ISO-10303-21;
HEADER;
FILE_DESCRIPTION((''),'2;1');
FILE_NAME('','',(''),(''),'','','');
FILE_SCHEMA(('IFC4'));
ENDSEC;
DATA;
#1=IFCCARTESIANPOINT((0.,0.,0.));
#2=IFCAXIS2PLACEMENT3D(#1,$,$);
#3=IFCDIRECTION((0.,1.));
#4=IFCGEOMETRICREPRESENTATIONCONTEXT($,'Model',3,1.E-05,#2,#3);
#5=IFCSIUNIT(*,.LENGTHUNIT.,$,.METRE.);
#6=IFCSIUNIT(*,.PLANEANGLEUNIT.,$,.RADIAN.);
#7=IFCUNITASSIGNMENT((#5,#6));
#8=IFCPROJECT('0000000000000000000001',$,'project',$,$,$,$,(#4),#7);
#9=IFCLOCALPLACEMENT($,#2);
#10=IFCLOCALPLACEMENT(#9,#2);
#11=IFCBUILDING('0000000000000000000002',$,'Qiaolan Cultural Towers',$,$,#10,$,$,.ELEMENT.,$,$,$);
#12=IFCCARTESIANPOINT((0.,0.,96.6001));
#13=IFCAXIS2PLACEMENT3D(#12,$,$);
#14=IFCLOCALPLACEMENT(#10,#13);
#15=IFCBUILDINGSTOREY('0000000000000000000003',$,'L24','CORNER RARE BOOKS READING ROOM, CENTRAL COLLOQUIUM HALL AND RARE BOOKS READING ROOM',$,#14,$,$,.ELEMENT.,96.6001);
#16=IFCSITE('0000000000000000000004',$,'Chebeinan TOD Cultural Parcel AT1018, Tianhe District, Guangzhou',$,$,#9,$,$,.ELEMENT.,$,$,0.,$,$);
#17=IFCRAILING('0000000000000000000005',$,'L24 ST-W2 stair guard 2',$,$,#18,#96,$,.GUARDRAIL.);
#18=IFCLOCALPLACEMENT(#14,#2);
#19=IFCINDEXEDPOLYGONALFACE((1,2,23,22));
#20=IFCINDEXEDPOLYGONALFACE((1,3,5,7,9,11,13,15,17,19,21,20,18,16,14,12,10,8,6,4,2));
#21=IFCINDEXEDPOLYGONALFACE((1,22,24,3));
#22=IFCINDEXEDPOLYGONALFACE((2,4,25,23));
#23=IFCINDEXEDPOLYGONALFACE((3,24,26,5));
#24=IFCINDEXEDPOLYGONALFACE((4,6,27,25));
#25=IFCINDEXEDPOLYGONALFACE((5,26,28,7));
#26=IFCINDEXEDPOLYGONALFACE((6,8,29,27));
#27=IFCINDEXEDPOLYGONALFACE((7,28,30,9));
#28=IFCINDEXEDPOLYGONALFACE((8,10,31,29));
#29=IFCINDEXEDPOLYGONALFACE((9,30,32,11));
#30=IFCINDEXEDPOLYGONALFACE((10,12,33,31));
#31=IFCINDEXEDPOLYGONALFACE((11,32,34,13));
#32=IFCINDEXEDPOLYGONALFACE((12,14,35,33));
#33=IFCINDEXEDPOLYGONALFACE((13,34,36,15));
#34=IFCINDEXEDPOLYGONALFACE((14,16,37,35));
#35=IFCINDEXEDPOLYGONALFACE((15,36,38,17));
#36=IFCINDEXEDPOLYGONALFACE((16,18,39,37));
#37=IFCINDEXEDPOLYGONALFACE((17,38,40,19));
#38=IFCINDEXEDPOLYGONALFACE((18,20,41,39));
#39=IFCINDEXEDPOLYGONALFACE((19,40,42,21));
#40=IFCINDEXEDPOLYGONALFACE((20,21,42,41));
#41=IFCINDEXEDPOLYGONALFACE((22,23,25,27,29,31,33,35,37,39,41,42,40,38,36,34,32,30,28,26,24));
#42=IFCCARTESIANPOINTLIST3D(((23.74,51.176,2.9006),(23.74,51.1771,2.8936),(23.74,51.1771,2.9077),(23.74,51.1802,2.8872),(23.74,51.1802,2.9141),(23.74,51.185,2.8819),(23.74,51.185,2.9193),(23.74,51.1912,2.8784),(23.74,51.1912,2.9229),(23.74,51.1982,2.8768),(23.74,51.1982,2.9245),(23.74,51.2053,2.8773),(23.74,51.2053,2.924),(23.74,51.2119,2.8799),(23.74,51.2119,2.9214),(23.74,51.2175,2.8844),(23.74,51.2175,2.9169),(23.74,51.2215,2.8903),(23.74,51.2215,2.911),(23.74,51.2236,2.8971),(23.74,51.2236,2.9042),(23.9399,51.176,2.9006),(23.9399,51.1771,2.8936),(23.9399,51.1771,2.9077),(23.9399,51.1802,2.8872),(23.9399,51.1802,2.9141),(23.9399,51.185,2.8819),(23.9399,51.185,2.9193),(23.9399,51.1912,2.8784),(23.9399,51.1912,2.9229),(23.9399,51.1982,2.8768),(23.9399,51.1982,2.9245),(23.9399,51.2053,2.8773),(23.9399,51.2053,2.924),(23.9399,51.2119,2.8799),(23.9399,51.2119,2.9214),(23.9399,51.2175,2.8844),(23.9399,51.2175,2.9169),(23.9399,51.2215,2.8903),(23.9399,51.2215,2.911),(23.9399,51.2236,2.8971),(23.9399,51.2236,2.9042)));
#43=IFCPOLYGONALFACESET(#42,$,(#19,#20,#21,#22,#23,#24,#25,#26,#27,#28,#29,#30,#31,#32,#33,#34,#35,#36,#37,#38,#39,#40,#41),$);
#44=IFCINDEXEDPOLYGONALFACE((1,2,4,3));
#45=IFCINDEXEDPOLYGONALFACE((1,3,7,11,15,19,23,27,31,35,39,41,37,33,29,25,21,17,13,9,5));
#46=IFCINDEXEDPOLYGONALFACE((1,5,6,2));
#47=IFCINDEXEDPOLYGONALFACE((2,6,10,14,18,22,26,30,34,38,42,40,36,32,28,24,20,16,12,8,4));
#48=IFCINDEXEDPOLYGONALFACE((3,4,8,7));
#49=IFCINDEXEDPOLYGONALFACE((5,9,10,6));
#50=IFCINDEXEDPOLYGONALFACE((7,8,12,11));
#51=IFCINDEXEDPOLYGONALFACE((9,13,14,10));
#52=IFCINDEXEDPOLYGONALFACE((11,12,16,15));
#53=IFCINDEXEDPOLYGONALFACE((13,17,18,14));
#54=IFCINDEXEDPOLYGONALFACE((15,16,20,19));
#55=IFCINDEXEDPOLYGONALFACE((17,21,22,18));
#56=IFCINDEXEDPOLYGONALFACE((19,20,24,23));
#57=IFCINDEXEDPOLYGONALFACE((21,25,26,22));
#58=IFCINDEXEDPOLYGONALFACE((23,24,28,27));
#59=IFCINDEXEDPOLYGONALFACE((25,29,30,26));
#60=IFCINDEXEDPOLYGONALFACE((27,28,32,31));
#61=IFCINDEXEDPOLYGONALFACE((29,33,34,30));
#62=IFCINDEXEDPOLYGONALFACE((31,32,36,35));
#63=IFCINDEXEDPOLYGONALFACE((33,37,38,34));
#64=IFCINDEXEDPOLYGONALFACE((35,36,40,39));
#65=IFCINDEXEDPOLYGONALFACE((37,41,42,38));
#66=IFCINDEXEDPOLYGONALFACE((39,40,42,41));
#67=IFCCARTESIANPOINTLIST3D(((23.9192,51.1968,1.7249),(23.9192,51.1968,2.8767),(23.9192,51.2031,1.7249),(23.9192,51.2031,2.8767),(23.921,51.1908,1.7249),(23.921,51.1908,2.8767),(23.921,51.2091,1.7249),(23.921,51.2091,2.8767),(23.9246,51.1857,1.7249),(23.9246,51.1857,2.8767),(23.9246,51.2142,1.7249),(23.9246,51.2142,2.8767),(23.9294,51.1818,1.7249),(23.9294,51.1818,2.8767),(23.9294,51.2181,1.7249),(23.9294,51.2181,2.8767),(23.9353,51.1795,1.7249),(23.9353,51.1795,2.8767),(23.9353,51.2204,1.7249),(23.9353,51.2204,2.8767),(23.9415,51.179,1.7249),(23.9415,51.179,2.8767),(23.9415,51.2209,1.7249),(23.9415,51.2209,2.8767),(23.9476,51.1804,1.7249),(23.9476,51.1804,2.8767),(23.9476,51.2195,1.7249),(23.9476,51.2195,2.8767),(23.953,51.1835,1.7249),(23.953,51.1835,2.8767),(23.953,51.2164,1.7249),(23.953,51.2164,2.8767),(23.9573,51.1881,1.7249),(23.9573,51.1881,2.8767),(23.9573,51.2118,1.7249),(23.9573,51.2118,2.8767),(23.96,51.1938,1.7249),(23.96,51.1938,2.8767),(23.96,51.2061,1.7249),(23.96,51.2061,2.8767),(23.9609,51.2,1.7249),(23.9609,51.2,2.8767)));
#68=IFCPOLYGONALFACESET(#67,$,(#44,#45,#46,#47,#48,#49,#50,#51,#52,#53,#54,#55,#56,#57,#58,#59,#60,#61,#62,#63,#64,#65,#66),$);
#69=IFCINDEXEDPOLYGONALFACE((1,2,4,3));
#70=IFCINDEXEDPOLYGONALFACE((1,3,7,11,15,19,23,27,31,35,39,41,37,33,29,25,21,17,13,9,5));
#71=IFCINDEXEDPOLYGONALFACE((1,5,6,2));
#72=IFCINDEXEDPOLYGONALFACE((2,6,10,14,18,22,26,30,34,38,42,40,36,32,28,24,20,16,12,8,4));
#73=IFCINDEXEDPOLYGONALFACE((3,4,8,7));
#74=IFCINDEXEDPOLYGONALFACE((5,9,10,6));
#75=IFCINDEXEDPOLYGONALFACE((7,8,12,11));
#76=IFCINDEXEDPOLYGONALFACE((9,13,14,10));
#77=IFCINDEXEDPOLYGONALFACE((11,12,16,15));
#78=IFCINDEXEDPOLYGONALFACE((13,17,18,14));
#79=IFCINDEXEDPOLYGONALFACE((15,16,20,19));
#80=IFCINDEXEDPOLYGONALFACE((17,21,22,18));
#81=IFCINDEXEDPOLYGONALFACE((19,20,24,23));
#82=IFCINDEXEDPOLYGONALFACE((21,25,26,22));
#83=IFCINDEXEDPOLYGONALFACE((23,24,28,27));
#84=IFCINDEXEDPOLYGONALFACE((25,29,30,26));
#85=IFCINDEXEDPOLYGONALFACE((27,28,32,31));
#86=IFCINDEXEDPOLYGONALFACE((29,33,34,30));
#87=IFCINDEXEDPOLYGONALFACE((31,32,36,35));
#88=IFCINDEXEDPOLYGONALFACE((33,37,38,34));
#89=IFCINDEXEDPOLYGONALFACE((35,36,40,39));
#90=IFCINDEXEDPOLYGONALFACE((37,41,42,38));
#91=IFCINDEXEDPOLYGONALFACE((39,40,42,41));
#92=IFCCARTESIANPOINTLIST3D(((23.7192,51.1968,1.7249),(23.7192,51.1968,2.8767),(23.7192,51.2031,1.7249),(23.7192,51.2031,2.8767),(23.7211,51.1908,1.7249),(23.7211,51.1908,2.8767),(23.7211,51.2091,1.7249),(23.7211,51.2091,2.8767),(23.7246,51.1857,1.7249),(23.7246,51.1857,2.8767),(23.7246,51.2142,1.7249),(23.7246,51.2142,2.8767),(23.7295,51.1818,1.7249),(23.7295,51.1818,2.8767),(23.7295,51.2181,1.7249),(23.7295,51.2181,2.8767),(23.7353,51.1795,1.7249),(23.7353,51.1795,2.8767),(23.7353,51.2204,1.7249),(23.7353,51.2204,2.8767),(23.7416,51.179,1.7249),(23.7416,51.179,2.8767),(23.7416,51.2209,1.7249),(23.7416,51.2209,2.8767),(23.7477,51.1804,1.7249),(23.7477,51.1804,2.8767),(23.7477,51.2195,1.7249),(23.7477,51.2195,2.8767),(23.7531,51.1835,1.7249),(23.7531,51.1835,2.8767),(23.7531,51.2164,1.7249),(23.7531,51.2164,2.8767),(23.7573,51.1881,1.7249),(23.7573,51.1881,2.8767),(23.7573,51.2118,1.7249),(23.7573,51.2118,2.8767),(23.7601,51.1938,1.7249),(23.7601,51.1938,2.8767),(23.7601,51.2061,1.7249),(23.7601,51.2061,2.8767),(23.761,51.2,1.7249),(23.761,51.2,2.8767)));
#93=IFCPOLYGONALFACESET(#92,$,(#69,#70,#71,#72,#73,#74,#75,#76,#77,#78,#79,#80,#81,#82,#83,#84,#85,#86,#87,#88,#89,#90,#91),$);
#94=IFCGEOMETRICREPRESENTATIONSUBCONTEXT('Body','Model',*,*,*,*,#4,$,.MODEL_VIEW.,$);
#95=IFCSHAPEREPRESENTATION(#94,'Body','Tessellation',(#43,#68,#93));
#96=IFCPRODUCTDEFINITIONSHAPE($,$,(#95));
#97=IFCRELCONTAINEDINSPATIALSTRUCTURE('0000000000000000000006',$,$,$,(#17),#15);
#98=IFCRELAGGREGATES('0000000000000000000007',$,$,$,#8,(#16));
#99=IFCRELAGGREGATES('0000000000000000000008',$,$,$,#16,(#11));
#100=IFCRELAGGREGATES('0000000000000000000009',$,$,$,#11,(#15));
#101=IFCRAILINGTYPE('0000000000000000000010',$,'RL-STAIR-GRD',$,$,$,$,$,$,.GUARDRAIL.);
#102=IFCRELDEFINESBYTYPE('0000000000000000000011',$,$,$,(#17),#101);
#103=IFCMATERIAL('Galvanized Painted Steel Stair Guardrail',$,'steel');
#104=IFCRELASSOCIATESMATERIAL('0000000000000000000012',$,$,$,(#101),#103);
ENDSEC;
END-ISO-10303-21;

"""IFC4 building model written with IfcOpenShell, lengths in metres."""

from ifc_helpers import new_model, si_unit, direction, frame, origin, origin_2d, place, context, subcontext, project, spatial, circle, extrude, material, type_object, element, save


model = new_model("IFC4")

# Units and contexts
model_context = context("Model", 3, precision=1e-05, world=origin(), true_north=direction((0.0, 1.0)))
body_context = subcontext(model_context, "Body", "Model", "MODEL_VIEW")
ifc_project = project(units=[si_unit("LENGTHUNIT", "METRE"), si_unit("PLANEANGLEUNIT", "RADIAN")], contexts=[model_context])

# Site, building, storey
site_placement = place(None, origin())
site = spatial("IfcSite", under=ifc_project, at=site_placement, Name="Chebeinan TOD Cultural Parcel AT1018, Tianhe District, Guangzhou", CompositionType="ELEMENT", RefElevation=0.0)
building_placement = place(site_placement, origin())
building = spatial("IfcBuilding", under=site, at=building_placement, Name="Qiaolan Cultural Towers", CompositionType="ELEMENT")
storey_placement = place(building_placement, frame((0.0, 0.0, 96.6001)))
storey = spatial("IfcBuildingStorey", under=building, at=storey_placement, Name="L24", Description="CORNER RARE BOOKS READING ROOM, CENTRAL COLLOQUIUM HALL AND RARE BOOKS READING ROOM", CompositionType="ELEMENT", Elevation=96.6001)

# Railing
ifc_material_1 = material(Name="Galvanized Painted Steel Stair Guardrail", Category="steel")
railing_type_1 = type_object("IfcRailingType", Name="RL-STAIR-GRD", PredefinedType="GUARDRAIL", material=ifc_material_1)
railing_1_placement = place(storey_placement, frame((23.9399, 51.2, 1.7249)))
element("IfcRailing", 1, at=railing_1_placement, inside=storey, type_object=railing_type_1, Name="L24 ST-W2 stair guard 2", PredefinedType="GUARDRAIL", context=body_context, shape_type="SweptSolid", body=[
    extrude(circle(Radius=0.0239, at=origin_2d()), frame((0.0, 0.0, 1.1758), z_axis=(-1.0, 0.0, 0.0), x_axis=(0.0, -1.0, 0.0)), (0.0, 0.0, 1.0), 0.2),
    extrude(circle(Radius=0.021, at=origin_2d()), origin(), (0.0, 0.0, 1.0), 1.1519),
    extrude(circle(Radius=0.021, at=origin_2d()), frame((-0.2, 0.0, 0.0)), (0.0, 0.0, 1.0), 1.1519),
])

save(model, "model.ifc")
